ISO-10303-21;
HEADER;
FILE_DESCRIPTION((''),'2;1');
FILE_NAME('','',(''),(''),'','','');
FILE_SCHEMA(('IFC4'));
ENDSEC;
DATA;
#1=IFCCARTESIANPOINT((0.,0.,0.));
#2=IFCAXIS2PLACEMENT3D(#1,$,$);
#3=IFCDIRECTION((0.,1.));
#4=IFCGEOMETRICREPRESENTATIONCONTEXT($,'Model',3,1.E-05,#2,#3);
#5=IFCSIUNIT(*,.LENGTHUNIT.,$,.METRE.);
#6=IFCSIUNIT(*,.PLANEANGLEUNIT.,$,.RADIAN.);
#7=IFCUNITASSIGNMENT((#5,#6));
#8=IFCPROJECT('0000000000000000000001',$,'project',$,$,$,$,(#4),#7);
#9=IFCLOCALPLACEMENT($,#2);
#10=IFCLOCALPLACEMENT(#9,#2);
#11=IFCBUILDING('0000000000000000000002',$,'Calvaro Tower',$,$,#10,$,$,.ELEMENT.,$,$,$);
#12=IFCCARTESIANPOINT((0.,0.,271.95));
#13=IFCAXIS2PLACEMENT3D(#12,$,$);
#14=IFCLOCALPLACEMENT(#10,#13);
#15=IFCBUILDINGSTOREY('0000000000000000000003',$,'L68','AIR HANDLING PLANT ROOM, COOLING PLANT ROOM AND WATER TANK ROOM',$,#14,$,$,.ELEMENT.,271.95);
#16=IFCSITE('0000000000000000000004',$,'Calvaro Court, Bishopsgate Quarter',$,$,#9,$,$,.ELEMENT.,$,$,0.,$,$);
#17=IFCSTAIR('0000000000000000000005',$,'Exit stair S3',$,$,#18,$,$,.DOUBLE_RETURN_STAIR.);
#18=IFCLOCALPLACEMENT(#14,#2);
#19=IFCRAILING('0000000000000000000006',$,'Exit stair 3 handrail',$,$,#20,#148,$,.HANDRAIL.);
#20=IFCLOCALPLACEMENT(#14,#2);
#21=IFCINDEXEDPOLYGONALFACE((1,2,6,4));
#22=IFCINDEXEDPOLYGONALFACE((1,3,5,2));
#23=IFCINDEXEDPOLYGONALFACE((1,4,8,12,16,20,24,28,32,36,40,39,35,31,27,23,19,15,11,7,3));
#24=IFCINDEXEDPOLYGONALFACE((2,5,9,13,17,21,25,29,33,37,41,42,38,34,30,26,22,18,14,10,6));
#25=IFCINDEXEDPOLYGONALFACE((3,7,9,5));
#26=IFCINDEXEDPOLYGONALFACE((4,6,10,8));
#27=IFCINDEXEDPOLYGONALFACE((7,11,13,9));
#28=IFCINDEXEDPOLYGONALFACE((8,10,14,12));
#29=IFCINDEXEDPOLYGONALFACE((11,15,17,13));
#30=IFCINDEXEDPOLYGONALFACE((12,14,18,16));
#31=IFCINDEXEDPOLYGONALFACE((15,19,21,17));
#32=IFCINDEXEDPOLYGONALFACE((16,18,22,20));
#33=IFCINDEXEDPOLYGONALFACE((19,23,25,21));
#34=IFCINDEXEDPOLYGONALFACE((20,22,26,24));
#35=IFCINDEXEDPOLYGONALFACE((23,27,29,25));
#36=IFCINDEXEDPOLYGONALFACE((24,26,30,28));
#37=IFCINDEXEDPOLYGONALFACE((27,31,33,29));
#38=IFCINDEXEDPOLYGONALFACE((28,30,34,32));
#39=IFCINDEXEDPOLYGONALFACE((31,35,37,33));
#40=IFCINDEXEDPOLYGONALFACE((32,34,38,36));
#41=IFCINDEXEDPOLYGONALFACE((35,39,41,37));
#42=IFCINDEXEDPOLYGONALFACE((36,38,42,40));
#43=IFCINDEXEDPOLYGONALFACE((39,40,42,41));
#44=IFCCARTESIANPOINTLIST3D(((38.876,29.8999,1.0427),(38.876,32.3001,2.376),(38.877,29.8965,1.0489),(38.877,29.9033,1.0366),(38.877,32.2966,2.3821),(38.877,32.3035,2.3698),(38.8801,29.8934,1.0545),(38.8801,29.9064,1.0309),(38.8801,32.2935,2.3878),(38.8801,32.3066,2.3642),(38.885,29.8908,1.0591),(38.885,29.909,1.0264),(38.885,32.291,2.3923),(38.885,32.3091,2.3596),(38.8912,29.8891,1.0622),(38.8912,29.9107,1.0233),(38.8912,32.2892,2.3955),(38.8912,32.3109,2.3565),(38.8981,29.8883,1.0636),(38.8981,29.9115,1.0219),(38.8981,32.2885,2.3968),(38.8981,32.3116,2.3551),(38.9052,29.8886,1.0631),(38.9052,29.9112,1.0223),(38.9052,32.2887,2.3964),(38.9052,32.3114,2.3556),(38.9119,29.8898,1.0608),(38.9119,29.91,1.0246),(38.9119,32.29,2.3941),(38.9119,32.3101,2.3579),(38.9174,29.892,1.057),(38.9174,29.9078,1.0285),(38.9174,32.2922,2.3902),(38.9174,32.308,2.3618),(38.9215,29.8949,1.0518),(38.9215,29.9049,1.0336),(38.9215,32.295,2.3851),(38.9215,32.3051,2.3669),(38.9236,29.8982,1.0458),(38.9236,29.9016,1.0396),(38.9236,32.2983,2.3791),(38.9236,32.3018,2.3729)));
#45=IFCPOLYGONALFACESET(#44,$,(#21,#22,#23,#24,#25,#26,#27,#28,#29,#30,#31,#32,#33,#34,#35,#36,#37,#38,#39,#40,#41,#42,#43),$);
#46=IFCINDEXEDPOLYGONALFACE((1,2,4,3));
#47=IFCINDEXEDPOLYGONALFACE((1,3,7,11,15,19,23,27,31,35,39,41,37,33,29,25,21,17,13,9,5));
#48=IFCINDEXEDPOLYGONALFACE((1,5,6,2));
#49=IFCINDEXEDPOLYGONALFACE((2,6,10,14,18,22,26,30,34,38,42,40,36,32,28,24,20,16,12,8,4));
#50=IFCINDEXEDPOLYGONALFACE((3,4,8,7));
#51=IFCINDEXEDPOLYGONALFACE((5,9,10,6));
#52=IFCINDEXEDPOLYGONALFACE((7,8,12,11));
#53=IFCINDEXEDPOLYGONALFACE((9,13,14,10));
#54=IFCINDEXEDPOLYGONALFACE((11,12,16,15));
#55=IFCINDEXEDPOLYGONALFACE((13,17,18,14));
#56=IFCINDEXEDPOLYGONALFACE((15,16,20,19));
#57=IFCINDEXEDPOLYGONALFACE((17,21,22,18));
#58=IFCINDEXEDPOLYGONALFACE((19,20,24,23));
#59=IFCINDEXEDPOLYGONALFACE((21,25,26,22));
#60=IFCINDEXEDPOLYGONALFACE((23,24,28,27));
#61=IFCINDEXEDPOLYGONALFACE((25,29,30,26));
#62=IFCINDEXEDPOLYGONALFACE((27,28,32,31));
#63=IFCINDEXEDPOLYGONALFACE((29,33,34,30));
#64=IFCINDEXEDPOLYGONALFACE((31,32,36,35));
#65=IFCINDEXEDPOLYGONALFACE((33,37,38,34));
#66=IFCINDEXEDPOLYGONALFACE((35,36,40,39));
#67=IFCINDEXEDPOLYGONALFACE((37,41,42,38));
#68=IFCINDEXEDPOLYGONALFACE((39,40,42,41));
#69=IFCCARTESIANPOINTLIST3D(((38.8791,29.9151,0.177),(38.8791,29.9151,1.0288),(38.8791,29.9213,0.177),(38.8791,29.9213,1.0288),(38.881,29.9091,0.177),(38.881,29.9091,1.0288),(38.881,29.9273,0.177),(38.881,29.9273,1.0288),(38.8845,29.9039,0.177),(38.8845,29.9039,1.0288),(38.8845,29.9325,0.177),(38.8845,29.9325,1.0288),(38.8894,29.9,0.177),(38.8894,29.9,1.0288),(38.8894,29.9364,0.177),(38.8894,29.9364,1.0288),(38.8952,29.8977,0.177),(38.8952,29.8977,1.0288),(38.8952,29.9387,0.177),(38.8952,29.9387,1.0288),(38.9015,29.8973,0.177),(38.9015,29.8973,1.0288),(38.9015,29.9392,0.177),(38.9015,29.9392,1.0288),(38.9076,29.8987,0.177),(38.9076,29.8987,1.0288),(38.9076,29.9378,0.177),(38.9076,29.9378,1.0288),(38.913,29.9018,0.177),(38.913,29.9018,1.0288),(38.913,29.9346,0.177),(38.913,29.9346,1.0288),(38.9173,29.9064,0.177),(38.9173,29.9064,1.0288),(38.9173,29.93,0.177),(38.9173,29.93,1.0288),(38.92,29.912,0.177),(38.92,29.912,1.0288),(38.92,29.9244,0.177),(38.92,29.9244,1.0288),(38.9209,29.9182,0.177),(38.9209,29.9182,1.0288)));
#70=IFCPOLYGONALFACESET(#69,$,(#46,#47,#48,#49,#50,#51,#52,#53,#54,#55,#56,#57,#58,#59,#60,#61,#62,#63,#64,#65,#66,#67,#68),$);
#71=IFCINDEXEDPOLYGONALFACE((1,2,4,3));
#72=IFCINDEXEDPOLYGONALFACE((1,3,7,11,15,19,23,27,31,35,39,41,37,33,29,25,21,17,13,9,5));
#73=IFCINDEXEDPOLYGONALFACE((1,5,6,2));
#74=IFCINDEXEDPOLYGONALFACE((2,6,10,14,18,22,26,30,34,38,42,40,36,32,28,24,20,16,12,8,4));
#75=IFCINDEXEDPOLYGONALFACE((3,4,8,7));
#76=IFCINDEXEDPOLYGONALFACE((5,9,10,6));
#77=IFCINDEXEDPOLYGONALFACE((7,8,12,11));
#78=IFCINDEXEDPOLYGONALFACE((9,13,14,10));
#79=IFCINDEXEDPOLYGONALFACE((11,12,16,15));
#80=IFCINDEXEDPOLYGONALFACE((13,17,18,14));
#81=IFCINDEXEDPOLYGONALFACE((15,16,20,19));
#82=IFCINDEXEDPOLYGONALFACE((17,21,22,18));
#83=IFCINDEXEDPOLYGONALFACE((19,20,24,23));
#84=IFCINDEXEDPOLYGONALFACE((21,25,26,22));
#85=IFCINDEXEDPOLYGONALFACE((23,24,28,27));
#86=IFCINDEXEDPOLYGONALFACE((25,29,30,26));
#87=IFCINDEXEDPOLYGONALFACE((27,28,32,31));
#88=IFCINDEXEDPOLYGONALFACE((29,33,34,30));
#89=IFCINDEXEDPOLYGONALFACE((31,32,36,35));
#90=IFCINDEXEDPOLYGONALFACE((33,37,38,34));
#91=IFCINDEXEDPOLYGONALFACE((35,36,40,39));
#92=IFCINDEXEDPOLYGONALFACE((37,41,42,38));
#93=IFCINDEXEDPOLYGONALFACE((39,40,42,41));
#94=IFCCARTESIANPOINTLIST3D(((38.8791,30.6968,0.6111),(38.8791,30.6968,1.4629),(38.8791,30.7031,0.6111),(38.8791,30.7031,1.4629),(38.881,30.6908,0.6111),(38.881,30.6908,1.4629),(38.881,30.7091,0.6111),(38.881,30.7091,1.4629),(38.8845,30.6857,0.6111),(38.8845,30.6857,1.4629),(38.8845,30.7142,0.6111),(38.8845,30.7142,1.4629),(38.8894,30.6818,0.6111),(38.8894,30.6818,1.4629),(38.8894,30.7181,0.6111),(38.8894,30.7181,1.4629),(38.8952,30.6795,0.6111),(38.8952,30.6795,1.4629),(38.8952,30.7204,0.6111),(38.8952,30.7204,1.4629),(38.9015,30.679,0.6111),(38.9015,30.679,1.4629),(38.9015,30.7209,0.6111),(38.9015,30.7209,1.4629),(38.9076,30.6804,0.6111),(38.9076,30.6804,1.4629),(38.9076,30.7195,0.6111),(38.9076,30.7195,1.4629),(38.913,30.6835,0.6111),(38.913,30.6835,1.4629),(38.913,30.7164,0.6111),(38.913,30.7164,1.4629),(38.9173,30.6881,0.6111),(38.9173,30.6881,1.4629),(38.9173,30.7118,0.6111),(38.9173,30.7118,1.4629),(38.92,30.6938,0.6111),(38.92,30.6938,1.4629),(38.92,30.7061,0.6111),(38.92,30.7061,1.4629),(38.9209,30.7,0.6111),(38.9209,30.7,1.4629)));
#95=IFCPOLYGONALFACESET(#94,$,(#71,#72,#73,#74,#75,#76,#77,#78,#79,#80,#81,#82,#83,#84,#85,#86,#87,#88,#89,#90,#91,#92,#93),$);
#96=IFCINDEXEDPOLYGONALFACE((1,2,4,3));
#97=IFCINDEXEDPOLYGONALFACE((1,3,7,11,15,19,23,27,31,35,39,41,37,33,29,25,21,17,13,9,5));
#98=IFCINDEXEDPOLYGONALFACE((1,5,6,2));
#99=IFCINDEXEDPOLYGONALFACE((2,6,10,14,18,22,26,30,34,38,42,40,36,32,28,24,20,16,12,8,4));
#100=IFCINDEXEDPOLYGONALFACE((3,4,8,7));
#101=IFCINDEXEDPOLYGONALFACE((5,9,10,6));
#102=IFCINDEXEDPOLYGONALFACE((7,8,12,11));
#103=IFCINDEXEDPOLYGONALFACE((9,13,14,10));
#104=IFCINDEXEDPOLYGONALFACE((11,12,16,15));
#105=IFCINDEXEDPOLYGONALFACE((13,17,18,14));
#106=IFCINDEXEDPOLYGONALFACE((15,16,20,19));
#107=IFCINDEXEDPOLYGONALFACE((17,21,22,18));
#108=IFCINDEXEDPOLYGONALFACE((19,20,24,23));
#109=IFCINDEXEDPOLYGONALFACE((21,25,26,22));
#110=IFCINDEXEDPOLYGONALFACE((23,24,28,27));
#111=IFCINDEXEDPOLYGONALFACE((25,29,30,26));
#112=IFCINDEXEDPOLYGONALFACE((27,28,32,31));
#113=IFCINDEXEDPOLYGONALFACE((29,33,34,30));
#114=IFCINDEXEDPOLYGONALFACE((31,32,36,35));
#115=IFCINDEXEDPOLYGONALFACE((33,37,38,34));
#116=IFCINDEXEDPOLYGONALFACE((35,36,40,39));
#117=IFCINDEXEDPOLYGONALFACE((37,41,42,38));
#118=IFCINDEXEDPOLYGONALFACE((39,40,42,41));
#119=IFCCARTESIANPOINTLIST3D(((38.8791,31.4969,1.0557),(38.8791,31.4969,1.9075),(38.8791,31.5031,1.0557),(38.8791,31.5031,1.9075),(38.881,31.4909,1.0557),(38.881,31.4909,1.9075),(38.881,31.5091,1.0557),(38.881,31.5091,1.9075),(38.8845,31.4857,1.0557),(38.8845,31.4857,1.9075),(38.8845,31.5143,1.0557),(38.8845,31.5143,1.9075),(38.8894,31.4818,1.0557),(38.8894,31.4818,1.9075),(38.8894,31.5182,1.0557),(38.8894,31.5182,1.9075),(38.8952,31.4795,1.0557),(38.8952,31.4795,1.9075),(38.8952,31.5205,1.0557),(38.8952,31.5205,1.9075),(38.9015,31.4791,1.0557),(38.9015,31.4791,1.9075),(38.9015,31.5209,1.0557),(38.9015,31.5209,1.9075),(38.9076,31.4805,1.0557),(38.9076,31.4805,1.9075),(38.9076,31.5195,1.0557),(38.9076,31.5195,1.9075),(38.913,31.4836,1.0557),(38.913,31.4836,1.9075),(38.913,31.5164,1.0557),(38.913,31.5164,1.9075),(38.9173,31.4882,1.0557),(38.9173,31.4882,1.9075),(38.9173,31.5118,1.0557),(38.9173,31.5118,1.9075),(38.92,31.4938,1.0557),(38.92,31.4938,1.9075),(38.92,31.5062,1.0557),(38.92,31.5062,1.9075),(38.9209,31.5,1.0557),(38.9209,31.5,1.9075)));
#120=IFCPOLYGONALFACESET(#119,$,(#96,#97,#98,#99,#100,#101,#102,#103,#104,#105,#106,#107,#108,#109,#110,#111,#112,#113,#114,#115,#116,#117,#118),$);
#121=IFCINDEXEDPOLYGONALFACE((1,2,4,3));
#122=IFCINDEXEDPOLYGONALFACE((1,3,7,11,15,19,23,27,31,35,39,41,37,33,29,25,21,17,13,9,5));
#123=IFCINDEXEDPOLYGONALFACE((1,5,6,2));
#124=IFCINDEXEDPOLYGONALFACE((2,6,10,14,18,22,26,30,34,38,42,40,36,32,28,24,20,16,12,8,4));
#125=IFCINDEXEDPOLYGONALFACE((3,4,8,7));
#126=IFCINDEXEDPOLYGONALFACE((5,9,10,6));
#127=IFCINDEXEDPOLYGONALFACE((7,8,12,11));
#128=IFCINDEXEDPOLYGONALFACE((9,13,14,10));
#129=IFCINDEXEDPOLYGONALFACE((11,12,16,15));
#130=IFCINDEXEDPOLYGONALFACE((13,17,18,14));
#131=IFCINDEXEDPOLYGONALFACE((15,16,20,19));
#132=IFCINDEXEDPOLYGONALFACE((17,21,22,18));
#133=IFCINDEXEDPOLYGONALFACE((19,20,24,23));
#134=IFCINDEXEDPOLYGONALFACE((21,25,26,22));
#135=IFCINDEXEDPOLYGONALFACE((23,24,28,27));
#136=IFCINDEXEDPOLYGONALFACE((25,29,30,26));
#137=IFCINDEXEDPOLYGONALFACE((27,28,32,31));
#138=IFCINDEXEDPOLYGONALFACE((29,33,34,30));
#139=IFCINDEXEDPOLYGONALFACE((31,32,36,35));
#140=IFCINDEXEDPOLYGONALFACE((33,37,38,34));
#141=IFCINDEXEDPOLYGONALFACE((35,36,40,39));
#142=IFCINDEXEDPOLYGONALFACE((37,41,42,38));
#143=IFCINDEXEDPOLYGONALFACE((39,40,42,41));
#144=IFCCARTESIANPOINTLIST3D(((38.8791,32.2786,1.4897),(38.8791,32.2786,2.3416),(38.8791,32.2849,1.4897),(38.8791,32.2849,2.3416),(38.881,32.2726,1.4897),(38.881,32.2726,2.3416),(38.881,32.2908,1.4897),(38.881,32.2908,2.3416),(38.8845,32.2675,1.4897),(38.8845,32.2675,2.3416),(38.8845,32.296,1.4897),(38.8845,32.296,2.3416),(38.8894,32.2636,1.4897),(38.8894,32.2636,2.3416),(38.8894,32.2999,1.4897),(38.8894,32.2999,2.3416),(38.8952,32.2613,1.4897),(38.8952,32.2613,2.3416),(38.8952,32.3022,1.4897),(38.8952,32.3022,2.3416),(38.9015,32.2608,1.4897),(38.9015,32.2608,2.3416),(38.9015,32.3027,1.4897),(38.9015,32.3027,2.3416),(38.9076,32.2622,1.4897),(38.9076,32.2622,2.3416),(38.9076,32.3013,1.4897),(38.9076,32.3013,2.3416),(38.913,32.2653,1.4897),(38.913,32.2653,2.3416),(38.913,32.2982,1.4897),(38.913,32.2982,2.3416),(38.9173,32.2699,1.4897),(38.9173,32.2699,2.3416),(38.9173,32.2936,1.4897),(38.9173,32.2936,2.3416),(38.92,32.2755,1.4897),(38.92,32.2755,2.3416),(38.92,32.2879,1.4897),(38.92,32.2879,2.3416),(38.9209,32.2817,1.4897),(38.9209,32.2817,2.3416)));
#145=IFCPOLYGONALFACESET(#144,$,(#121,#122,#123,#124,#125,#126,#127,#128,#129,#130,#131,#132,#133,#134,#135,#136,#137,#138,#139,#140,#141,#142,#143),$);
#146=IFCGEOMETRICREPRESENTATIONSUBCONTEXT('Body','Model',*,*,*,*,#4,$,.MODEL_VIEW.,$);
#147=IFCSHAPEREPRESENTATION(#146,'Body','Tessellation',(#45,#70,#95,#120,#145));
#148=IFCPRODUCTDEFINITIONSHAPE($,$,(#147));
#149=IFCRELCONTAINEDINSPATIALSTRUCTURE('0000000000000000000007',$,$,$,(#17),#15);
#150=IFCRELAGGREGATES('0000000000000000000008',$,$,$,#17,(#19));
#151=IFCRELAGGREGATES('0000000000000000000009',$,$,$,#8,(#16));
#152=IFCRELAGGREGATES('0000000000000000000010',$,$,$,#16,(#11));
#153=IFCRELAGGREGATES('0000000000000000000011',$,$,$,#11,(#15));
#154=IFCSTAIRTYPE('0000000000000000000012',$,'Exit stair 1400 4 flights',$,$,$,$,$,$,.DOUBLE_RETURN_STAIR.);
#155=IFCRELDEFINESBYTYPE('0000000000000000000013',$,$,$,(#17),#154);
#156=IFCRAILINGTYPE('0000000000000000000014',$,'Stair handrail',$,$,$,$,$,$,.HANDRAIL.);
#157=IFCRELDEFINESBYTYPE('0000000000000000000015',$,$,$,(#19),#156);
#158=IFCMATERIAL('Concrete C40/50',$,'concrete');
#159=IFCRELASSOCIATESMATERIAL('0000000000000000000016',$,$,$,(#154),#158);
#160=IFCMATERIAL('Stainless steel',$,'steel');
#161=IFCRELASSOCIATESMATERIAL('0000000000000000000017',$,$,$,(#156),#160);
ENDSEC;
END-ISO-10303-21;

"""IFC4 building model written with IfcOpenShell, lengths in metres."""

from ifc_helpers import new_model, si_unit, direction, frame, origin, origin_2d, place, context, subcontext, project, spatial, circle, extrude, material, type_object, element, aggregate, save


model = new_model("IFC4")

# Units and contexts
model_context = context("Model", 3, precision=1e-05, world=origin(), true_north=direction((0.0, 1.0)))
body_context = subcontext(model_context, "Body", "Model", "MODEL_VIEW")
ifc_project = project(units=[si_unit("LENGTHUNIT", "METRE"), si_unit("PLANEANGLEUNIT", "RADIAN")], contexts=[model_context])

# Site, building, storey
site_placement = place(None, origin())
site = spatial("IfcSite", under=ifc_project, at=site_placement, Name="Calvaro Court, Bishopsgate Quarter", CompositionType="ELEMENT", RefElevation=0.0)
building_placement = place(site_placement, origin())
building = spatial("IfcBuilding", under=site, at=building_placement, Name="Calvaro Tower", CompositionType="ELEMENT")
storey_placement = place(building_placement, frame((0.0, 0.0, 271.95)))
storey = spatial("IfcBuildingStorey", under=building, at=storey_placement, Name="L68", Description="AIR HANDLING PLANT ROOM, COOLING PLANT ROOM AND WATER TANK ROOM", CompositionType="ELEMENT", Elevation=271.95)

# Stair
ifc_material_1 = material(Name="Concrete C40/50", Category="concrete")
stair_type = type_object("IfcStairType", Name="Exit stair 1400 4 flights", PredefinedType="DOUBLE_RETURN_STAIR", material=ifc_material_1)
stair_placement = place(storey_placement, origin())
stair = element("IfcStair", 1, at=stair_placement, inside=storey, type_object=stair_type, Name="Exit stair S3", PredefinedType="DOUBLE_RETURN_STAIR")

# Railing
ifc_material_2 = material(Name="Stainless steel", Category="steel")
railing_type = type_object("IfcRailingType", Name="Stair handrail", PredefinedType="HANDRAIL", material=ifc_material_2)
railing_1_placement = place(storey_placement, frame((38.8999, 29.8999, 0.1667)))
railing_1 = element("IfcRailing", 2, at=railing_1_placement, type_object=railing_type, Name="Exit stair 3 handrail", PredefinedType="HANDRAIL", context=body_context, shape_type="SweptSolid", body=[
    extrude(circle(Radius=0.0239, at=origin_2d()), frame((0.0, 0.0, 0.876), z_axis=(0.0, 0.874182, 0.485598), x_axis=(-1.0, 0.0, 0.0)), (0.0, 0.0, 1.0), 2.7456),
    extrude(circle(Radius=0.021, at=origin_2d()), frame((0.0, 0.0183, 0.0103)), (0.0, 0.0, 1.0), 0.8518),
    extrude(circle(Radius=0.021, at=origin_2d()), frame((0.0, 0.8, 0.4443)), (0.0, 0.0, 1.0), 0.8518),
    extrude(circle(Radius=0.021, at=origin_2d()), frame((0.0, 1.6001, 0.8889)), (0.0, 0.0, 1.0), 0.8518),
    extrude(circle(Radius=0.021, at=origin_2d()), frame((0.0, 2.3818, 1.323)), (0.0, 0.0, 1.0), 0.8518),
])
aggregate(stair, [railing_1])

save(model, "model.ifc")
